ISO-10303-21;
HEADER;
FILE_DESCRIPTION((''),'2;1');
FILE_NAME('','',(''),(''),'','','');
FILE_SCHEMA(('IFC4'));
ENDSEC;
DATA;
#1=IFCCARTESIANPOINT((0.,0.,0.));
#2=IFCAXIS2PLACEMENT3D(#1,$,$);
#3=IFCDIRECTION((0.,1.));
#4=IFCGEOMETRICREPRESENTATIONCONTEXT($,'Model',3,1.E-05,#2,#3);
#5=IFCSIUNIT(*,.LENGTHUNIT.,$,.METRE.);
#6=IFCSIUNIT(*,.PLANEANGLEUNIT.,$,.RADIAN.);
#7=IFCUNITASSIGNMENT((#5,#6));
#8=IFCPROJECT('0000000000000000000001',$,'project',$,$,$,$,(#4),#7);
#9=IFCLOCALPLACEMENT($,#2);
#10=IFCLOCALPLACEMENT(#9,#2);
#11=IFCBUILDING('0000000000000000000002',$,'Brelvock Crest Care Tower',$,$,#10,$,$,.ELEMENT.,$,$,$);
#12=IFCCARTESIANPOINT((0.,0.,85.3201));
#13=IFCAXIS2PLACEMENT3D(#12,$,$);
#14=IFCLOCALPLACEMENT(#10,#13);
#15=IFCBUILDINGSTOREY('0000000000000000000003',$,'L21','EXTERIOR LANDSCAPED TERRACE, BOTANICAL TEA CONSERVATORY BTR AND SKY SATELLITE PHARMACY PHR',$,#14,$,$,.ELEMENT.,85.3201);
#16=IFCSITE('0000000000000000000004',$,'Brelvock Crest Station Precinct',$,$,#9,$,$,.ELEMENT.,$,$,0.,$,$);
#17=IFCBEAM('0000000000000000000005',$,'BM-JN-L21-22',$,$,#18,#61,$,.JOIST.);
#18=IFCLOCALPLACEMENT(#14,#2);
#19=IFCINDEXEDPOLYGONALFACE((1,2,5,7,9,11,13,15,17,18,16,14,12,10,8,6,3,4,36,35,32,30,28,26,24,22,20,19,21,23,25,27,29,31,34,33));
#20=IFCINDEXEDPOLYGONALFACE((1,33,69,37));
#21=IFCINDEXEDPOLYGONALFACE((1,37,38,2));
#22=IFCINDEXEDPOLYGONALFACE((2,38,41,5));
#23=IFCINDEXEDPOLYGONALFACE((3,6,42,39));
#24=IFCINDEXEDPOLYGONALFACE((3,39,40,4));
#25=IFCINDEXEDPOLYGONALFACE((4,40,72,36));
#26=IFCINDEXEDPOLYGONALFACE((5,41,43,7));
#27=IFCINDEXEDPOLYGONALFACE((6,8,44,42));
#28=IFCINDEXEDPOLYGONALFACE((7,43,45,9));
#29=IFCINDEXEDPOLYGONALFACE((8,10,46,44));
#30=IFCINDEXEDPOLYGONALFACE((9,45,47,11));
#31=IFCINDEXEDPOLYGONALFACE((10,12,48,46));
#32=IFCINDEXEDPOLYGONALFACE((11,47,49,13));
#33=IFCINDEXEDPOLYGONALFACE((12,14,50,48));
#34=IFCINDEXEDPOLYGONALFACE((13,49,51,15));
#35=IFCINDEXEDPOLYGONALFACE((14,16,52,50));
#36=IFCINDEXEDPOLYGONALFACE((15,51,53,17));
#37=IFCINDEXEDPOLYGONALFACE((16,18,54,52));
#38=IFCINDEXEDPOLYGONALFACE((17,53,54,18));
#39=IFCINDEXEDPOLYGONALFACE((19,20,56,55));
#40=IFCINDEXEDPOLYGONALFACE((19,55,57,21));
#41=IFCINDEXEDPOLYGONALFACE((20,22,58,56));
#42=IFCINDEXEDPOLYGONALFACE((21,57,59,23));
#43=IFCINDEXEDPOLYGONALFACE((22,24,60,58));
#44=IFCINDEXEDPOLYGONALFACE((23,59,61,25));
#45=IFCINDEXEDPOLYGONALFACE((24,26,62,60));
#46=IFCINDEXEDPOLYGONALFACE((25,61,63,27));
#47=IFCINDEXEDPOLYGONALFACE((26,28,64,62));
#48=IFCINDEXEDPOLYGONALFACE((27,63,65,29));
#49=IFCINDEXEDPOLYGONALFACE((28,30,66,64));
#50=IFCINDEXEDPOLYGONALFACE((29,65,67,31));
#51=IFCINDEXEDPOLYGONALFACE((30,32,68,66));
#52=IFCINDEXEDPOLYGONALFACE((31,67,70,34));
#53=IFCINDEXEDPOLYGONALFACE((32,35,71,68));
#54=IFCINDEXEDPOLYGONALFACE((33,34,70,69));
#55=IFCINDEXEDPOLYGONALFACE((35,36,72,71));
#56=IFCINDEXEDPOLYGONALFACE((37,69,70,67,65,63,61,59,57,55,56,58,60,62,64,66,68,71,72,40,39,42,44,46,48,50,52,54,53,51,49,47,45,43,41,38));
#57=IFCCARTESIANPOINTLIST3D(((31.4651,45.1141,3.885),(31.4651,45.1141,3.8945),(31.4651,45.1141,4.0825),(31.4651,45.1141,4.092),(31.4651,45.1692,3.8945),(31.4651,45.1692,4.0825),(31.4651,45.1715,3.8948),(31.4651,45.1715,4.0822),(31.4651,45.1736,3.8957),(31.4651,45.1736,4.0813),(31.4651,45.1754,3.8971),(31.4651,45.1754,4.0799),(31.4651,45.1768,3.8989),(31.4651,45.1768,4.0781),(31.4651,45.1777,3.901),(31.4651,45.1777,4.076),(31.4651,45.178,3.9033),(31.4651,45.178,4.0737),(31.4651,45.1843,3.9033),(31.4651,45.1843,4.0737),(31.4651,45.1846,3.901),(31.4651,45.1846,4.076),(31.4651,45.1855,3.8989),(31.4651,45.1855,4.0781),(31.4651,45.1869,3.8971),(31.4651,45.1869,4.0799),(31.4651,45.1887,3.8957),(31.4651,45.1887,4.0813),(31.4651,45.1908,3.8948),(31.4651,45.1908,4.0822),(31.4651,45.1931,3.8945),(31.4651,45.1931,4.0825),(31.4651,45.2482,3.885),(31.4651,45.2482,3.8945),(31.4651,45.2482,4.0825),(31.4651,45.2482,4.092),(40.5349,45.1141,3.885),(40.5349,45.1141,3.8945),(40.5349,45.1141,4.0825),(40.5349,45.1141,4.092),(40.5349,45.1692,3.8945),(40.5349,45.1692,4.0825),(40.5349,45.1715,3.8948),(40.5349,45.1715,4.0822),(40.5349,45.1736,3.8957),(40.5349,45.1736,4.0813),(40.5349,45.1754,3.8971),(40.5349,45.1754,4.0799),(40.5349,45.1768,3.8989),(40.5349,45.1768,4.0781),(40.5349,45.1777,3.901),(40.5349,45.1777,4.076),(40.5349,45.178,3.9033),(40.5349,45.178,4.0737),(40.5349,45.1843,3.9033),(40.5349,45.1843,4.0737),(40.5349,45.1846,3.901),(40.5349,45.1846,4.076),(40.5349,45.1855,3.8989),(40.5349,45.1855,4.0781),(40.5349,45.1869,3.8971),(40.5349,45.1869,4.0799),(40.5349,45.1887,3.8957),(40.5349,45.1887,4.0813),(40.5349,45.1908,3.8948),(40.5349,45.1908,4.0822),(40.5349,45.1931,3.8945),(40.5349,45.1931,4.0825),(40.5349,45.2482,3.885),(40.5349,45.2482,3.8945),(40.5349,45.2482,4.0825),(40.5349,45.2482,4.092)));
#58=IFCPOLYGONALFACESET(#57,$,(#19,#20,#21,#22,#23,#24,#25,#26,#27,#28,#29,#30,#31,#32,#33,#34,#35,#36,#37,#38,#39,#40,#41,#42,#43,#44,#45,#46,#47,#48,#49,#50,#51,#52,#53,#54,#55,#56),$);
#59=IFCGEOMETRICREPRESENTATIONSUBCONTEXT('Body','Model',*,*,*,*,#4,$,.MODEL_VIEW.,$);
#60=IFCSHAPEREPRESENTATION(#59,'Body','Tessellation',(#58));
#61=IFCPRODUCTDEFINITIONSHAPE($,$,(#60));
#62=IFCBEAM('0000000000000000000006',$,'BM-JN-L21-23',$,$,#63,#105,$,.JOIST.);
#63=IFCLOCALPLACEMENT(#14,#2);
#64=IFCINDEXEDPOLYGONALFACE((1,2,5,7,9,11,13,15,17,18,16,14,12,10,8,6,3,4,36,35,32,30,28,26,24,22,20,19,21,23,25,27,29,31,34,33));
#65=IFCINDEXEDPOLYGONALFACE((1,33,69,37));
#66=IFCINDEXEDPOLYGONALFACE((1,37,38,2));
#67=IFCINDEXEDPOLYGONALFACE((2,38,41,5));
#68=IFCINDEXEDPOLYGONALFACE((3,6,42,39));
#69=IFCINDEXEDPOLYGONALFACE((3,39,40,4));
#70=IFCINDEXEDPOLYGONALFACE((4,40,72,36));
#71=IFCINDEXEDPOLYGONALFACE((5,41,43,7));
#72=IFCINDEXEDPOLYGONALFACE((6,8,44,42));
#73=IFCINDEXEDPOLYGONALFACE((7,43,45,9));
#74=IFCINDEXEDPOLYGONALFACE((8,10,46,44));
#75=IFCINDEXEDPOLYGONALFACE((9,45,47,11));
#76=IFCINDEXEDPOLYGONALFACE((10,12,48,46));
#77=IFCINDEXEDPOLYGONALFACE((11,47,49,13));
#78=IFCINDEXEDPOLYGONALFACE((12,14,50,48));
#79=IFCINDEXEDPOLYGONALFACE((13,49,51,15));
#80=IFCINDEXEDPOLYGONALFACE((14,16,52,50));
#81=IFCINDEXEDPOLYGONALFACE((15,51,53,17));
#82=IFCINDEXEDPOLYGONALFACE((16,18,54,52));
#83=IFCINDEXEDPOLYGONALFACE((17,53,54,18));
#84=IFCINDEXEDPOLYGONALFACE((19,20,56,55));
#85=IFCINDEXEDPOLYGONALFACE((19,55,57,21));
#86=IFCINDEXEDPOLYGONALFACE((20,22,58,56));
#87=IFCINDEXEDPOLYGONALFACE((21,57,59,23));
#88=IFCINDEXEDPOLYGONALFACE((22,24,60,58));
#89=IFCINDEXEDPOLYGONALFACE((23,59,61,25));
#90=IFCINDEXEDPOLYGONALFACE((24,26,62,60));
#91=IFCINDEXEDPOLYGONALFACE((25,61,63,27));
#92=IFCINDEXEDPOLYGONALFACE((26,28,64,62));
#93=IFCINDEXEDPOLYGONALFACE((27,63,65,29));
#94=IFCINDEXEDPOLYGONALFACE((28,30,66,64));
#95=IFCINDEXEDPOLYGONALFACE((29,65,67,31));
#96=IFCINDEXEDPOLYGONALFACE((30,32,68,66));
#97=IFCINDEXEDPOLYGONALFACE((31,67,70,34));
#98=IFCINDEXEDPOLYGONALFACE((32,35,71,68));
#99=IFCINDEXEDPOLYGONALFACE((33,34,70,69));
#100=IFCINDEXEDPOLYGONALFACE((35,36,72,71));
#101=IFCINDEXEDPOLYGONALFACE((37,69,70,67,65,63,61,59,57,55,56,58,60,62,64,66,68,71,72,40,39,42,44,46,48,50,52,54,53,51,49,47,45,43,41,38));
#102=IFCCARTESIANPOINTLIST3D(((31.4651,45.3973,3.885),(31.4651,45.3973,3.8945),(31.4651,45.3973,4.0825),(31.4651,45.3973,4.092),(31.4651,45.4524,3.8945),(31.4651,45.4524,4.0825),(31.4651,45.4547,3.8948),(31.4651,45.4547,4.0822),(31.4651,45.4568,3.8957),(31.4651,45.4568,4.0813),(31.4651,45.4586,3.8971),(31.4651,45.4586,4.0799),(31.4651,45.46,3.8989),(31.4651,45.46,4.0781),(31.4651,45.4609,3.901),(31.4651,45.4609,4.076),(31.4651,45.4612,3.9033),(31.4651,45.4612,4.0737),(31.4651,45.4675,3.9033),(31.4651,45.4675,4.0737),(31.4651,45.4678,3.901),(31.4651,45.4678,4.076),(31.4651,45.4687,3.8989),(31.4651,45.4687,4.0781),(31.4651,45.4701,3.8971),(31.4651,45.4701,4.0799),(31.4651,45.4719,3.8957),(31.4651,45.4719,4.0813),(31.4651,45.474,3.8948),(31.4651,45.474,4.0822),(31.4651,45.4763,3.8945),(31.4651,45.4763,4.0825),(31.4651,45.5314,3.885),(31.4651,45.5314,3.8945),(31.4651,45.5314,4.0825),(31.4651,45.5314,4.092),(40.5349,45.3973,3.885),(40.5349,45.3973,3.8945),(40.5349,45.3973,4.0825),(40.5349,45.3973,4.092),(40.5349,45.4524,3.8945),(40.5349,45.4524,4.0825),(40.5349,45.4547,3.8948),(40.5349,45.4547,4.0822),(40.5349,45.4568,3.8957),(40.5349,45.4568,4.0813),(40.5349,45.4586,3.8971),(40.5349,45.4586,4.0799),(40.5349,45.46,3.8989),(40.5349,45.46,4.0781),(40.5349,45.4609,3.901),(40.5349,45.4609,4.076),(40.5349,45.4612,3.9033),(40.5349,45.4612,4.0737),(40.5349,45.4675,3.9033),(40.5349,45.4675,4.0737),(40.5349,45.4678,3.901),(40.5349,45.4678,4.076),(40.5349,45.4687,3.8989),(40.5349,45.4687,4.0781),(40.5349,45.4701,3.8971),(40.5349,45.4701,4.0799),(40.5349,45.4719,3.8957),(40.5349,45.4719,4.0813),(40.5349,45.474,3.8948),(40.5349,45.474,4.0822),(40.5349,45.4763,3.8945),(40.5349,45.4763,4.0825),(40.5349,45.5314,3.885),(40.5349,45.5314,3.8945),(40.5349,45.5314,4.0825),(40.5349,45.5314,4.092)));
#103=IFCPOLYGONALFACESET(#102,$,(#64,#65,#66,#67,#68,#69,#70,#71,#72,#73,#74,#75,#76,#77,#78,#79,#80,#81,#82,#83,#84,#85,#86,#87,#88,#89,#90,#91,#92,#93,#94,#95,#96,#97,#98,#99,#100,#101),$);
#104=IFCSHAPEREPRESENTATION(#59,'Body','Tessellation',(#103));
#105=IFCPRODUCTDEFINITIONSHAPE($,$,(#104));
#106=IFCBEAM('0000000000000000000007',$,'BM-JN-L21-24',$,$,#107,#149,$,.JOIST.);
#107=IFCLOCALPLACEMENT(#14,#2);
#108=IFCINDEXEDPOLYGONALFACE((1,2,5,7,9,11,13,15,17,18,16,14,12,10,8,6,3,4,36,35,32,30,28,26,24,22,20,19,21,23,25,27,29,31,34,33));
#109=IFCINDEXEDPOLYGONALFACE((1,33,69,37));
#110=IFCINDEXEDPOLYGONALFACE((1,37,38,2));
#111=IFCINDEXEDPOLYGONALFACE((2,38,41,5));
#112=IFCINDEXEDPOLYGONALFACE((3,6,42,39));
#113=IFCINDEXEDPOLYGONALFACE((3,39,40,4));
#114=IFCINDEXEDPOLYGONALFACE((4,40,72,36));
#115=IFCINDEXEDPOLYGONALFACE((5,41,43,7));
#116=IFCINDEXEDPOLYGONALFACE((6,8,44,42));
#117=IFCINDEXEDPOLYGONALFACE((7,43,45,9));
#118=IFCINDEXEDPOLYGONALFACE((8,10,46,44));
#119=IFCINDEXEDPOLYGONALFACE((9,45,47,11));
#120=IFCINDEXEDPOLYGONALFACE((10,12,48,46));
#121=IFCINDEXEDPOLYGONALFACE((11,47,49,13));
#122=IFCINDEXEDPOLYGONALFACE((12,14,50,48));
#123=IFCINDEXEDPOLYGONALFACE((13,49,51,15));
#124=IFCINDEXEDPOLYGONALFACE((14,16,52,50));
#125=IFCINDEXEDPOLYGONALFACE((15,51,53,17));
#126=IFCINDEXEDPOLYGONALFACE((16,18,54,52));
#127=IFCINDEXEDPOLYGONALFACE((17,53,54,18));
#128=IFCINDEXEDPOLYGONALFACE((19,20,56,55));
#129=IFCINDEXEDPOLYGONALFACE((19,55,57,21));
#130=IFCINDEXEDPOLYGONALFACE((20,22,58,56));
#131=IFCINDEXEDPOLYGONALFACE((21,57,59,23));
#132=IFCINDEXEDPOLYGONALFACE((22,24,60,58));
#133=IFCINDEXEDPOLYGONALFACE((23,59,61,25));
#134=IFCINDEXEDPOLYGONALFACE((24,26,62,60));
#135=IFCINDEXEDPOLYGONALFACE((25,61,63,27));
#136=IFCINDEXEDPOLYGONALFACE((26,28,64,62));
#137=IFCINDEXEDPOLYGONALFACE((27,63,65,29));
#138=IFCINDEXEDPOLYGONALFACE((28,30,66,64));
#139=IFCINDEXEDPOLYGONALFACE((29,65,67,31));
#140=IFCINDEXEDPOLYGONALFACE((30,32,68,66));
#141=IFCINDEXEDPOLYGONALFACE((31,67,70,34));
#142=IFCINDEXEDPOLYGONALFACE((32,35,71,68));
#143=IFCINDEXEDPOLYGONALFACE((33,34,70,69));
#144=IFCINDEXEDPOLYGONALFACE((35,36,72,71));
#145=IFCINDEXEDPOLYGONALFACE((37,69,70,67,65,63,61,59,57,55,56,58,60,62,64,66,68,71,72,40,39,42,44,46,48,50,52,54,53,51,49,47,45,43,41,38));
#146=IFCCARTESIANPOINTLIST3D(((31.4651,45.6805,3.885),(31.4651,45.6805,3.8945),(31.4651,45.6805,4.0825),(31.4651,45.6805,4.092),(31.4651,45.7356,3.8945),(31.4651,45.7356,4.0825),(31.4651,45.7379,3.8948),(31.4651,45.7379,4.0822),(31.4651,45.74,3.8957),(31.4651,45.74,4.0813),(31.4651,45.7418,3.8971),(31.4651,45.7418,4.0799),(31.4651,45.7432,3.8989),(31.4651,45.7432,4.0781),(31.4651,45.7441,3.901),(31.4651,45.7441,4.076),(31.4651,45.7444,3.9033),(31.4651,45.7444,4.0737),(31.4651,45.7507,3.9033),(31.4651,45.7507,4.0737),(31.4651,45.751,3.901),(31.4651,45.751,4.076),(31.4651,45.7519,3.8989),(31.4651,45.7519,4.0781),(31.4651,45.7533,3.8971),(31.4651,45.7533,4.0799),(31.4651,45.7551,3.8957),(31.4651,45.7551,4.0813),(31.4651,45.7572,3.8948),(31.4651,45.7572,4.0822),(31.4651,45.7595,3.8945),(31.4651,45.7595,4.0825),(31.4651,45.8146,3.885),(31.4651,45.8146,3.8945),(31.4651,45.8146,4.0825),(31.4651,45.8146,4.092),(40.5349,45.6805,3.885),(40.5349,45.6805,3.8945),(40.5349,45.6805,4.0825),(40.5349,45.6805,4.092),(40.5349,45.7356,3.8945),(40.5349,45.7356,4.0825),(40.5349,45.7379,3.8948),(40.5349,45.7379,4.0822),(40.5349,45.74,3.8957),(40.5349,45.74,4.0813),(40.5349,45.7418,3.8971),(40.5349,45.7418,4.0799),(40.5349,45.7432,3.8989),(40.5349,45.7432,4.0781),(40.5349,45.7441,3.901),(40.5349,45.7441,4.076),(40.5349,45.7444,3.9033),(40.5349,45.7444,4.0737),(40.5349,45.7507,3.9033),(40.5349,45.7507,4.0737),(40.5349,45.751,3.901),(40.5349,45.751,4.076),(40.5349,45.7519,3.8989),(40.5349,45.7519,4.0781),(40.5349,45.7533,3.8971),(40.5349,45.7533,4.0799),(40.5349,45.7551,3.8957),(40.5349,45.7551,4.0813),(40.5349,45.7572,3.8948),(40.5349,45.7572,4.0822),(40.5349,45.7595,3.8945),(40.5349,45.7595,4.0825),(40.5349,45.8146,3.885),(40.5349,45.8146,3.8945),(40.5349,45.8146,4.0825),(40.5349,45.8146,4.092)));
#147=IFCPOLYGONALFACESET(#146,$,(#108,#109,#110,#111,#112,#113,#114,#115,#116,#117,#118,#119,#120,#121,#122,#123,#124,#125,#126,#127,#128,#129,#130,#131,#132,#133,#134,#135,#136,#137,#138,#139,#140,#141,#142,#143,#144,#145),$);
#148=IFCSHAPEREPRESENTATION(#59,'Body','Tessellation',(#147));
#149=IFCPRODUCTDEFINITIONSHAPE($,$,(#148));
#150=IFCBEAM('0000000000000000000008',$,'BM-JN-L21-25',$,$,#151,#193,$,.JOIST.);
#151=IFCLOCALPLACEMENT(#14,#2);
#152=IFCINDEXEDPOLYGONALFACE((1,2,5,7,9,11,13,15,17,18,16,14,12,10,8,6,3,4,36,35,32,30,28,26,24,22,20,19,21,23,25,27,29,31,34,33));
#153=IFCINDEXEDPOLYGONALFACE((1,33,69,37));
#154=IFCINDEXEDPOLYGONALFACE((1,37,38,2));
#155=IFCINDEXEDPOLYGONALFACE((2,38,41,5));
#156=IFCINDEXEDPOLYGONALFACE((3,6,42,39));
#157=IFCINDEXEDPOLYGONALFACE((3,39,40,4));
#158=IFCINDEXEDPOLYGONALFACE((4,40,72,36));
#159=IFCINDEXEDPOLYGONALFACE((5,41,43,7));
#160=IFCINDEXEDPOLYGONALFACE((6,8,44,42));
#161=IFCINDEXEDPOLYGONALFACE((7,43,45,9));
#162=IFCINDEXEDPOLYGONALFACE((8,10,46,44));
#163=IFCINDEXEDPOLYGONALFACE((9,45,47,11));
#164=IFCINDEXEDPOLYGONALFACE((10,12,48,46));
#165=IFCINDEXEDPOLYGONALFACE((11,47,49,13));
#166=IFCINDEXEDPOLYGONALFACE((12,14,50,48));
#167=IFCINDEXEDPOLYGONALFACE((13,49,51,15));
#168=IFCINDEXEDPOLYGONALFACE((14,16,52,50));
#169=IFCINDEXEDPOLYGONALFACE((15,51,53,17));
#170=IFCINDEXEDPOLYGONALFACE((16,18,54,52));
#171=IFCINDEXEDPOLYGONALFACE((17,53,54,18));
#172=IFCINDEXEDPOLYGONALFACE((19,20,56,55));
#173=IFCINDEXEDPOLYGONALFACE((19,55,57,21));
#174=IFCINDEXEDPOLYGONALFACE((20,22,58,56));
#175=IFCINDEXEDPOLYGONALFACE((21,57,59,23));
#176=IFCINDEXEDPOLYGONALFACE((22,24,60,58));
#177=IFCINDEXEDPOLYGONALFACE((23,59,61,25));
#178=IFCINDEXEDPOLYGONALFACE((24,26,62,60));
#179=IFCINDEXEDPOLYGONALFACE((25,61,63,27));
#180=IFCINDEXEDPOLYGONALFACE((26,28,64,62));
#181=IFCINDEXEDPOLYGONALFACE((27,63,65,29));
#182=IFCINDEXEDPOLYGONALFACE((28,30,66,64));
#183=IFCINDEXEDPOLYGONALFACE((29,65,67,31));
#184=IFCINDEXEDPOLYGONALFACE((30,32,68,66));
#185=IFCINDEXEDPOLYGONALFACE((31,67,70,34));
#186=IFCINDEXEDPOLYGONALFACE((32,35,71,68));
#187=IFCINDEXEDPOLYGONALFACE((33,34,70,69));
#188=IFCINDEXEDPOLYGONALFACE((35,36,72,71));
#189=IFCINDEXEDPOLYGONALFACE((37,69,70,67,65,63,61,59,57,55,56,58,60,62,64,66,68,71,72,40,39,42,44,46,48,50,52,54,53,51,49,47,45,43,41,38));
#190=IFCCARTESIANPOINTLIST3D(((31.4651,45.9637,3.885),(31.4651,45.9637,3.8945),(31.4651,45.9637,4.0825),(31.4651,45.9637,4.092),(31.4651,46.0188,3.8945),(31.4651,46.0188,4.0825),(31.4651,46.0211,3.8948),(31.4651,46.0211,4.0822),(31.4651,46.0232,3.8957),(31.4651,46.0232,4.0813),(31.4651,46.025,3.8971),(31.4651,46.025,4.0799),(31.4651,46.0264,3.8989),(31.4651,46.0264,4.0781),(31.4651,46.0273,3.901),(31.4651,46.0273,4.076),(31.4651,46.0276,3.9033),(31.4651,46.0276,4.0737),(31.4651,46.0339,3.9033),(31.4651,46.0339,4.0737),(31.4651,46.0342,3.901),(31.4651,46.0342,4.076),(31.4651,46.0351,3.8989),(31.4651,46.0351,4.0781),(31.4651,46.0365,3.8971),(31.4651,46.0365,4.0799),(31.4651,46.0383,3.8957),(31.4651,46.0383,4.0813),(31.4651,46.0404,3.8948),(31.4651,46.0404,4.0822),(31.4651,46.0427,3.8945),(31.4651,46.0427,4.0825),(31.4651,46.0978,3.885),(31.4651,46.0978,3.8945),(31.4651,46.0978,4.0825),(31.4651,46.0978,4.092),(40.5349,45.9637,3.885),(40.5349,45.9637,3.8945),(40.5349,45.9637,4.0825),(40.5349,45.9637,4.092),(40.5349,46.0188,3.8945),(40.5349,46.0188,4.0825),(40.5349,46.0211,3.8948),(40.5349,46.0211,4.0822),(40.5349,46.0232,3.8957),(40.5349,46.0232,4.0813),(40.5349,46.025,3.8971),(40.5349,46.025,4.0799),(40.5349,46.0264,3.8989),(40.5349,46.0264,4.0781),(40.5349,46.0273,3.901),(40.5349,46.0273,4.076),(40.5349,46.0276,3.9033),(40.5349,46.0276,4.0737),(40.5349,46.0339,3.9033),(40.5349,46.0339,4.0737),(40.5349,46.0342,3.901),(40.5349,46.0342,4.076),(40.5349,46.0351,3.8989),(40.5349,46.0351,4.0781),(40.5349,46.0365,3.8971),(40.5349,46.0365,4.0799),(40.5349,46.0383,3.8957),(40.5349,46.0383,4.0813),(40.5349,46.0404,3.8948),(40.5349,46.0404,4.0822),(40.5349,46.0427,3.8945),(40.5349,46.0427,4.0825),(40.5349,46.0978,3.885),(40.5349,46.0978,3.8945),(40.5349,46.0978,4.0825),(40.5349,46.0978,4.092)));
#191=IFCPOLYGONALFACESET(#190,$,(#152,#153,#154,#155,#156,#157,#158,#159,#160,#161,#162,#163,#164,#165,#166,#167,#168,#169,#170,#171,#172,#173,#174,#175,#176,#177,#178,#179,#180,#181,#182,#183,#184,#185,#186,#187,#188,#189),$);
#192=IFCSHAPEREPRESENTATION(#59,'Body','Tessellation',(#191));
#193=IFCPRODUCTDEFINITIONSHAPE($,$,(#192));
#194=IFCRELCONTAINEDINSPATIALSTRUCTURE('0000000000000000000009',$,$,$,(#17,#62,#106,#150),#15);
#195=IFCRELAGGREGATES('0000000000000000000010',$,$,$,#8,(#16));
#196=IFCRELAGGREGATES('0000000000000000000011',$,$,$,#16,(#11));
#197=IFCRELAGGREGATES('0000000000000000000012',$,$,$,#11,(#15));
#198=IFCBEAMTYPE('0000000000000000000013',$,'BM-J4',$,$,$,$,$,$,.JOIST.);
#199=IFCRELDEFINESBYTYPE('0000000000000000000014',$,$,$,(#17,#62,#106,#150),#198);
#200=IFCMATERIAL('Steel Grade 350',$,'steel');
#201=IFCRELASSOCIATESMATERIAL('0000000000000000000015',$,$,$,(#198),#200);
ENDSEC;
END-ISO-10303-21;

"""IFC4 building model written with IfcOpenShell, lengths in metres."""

from ifc_helpers import new_model, si_unit, direction, frame, origin, origin_2d, place, context, subcontext, project, spatial, i_section, extrude, source, transform, mapped, material, material_profile, profile_set, type_object, element, save


model = new_model("IFC4")

# Units and contexts
model_context = context("Model", 3, precision=1e-05, world=origin(), true_north=direction((0.0, 1.0)))
body_context = subcontext(model_context, "Body", "Model", "MODEL_VIEW")
ifc_project = project(units=[si_unit("LENGTHUNIT", "METRE"), si_unit("PLANEANGLEUNIT", "RADIAN")], contexts=[model_context])

# Site, building, storey
site_placement = place(None, origin())
site = spatial("IfcSite", under=ifc_project, at=site_placement, Name="Brelvock Crest Station Precinct", CompositionType="ELEMENT", RefElevation=0.0)
building_placement = place(site_placement, origin())
building = spatial("IfcBuilding", under=site, at=building_placement, Name="Brelvock Crest Care Tower", CompositionType="ELEMENT")
storey_placement = place(building_placement, frame((0.0, 0.0, 85.3201)))
storey = spatial("IfcBuildingStorey", under=building, at=storey_placement, Name="L21", Description="EXTERIOR LANDSCAPED TERRACE, BOTANICAL TEA CONSERVATORY BTR AND SKY SATELLITE PHARMACY PHR", CompositionType="ELEMENT", Elevation=85.3201)

# Beams
ifc_material_1 = material(Name="Steel Grade 350", Category="steel")
ifc_material_profile_1 = material_profile(ifc_material_1, i_section(OverallWidth=0.134, OverallDepth=0.207, WebThickness=0.0063, FlangeThickness=0.0095, FilletRadius=0.0088, at=origin_2d()), Name="200UB29.8")
ifc_profile_set_1 = profile_set([ifc_material_profile_1], Name="Steel Grade 350")
beam_type_1 = type_object("IfcBeamType", Name="BM-J4", PredefinedType="JOIST", material=ifc_profile_set_1)
shared_shape_1 = source(origin(), body_context, "Body", "SweptSolid", [
    extrude(i_section(OverallWidth=0.134, OverallDepth=0.207, WebThickness=0.0063, FlangeThickness=0.0095, FilletRadius=0.0088, at=origin_2d()), origin(), (0.0, 0.0, 1.0), 9.0698),
])
for number, where, z_axis, x_axis, name in (
    (1, (31.4651, 45.1812, 3.9885), (1.0, 0.0, 0.0), (0.0, 1.0, 0.0), "BM-JN-L21-22"),
    (2, (31.4651, 45.4644, 3.9885), (1.0, 0.0, 0.0), (0.0, 1.0, 0.0), "BM-JN-L21-23"),
    (3, (31.4651, 45.7476, 3.9885), (1.0, 0.0, 0.0), (0.0, 1.0, 0.0), "BM-JN-L21-24"),
    (4, (31.4651, 46.0308, 3.9885), (1.0, 0.0, 0.0), (0.0, 1.0, 0.0), "BM-JN-L21-25"),
):
    element("IfcBeam", number, at=place(storey_placement, frame(where, z_axis=z_axis, x_axis=x_axis)), inside=storey, type_object=beam_type_1, Name=name, PredefinedType="JOIST", context=body_context, shape_type="MappedRepresentation", body=[
        mapped(shared_shape_1, transform((0.0, 0.0, 0.0), x_axis=(1.0, 0.0, 0.0), y_axis=(0.0, 1.0, 0.0), z_axis=(0.0, 0.0, 1.0), scale=1.0)),
    ])

save(model, "model.ifc")
